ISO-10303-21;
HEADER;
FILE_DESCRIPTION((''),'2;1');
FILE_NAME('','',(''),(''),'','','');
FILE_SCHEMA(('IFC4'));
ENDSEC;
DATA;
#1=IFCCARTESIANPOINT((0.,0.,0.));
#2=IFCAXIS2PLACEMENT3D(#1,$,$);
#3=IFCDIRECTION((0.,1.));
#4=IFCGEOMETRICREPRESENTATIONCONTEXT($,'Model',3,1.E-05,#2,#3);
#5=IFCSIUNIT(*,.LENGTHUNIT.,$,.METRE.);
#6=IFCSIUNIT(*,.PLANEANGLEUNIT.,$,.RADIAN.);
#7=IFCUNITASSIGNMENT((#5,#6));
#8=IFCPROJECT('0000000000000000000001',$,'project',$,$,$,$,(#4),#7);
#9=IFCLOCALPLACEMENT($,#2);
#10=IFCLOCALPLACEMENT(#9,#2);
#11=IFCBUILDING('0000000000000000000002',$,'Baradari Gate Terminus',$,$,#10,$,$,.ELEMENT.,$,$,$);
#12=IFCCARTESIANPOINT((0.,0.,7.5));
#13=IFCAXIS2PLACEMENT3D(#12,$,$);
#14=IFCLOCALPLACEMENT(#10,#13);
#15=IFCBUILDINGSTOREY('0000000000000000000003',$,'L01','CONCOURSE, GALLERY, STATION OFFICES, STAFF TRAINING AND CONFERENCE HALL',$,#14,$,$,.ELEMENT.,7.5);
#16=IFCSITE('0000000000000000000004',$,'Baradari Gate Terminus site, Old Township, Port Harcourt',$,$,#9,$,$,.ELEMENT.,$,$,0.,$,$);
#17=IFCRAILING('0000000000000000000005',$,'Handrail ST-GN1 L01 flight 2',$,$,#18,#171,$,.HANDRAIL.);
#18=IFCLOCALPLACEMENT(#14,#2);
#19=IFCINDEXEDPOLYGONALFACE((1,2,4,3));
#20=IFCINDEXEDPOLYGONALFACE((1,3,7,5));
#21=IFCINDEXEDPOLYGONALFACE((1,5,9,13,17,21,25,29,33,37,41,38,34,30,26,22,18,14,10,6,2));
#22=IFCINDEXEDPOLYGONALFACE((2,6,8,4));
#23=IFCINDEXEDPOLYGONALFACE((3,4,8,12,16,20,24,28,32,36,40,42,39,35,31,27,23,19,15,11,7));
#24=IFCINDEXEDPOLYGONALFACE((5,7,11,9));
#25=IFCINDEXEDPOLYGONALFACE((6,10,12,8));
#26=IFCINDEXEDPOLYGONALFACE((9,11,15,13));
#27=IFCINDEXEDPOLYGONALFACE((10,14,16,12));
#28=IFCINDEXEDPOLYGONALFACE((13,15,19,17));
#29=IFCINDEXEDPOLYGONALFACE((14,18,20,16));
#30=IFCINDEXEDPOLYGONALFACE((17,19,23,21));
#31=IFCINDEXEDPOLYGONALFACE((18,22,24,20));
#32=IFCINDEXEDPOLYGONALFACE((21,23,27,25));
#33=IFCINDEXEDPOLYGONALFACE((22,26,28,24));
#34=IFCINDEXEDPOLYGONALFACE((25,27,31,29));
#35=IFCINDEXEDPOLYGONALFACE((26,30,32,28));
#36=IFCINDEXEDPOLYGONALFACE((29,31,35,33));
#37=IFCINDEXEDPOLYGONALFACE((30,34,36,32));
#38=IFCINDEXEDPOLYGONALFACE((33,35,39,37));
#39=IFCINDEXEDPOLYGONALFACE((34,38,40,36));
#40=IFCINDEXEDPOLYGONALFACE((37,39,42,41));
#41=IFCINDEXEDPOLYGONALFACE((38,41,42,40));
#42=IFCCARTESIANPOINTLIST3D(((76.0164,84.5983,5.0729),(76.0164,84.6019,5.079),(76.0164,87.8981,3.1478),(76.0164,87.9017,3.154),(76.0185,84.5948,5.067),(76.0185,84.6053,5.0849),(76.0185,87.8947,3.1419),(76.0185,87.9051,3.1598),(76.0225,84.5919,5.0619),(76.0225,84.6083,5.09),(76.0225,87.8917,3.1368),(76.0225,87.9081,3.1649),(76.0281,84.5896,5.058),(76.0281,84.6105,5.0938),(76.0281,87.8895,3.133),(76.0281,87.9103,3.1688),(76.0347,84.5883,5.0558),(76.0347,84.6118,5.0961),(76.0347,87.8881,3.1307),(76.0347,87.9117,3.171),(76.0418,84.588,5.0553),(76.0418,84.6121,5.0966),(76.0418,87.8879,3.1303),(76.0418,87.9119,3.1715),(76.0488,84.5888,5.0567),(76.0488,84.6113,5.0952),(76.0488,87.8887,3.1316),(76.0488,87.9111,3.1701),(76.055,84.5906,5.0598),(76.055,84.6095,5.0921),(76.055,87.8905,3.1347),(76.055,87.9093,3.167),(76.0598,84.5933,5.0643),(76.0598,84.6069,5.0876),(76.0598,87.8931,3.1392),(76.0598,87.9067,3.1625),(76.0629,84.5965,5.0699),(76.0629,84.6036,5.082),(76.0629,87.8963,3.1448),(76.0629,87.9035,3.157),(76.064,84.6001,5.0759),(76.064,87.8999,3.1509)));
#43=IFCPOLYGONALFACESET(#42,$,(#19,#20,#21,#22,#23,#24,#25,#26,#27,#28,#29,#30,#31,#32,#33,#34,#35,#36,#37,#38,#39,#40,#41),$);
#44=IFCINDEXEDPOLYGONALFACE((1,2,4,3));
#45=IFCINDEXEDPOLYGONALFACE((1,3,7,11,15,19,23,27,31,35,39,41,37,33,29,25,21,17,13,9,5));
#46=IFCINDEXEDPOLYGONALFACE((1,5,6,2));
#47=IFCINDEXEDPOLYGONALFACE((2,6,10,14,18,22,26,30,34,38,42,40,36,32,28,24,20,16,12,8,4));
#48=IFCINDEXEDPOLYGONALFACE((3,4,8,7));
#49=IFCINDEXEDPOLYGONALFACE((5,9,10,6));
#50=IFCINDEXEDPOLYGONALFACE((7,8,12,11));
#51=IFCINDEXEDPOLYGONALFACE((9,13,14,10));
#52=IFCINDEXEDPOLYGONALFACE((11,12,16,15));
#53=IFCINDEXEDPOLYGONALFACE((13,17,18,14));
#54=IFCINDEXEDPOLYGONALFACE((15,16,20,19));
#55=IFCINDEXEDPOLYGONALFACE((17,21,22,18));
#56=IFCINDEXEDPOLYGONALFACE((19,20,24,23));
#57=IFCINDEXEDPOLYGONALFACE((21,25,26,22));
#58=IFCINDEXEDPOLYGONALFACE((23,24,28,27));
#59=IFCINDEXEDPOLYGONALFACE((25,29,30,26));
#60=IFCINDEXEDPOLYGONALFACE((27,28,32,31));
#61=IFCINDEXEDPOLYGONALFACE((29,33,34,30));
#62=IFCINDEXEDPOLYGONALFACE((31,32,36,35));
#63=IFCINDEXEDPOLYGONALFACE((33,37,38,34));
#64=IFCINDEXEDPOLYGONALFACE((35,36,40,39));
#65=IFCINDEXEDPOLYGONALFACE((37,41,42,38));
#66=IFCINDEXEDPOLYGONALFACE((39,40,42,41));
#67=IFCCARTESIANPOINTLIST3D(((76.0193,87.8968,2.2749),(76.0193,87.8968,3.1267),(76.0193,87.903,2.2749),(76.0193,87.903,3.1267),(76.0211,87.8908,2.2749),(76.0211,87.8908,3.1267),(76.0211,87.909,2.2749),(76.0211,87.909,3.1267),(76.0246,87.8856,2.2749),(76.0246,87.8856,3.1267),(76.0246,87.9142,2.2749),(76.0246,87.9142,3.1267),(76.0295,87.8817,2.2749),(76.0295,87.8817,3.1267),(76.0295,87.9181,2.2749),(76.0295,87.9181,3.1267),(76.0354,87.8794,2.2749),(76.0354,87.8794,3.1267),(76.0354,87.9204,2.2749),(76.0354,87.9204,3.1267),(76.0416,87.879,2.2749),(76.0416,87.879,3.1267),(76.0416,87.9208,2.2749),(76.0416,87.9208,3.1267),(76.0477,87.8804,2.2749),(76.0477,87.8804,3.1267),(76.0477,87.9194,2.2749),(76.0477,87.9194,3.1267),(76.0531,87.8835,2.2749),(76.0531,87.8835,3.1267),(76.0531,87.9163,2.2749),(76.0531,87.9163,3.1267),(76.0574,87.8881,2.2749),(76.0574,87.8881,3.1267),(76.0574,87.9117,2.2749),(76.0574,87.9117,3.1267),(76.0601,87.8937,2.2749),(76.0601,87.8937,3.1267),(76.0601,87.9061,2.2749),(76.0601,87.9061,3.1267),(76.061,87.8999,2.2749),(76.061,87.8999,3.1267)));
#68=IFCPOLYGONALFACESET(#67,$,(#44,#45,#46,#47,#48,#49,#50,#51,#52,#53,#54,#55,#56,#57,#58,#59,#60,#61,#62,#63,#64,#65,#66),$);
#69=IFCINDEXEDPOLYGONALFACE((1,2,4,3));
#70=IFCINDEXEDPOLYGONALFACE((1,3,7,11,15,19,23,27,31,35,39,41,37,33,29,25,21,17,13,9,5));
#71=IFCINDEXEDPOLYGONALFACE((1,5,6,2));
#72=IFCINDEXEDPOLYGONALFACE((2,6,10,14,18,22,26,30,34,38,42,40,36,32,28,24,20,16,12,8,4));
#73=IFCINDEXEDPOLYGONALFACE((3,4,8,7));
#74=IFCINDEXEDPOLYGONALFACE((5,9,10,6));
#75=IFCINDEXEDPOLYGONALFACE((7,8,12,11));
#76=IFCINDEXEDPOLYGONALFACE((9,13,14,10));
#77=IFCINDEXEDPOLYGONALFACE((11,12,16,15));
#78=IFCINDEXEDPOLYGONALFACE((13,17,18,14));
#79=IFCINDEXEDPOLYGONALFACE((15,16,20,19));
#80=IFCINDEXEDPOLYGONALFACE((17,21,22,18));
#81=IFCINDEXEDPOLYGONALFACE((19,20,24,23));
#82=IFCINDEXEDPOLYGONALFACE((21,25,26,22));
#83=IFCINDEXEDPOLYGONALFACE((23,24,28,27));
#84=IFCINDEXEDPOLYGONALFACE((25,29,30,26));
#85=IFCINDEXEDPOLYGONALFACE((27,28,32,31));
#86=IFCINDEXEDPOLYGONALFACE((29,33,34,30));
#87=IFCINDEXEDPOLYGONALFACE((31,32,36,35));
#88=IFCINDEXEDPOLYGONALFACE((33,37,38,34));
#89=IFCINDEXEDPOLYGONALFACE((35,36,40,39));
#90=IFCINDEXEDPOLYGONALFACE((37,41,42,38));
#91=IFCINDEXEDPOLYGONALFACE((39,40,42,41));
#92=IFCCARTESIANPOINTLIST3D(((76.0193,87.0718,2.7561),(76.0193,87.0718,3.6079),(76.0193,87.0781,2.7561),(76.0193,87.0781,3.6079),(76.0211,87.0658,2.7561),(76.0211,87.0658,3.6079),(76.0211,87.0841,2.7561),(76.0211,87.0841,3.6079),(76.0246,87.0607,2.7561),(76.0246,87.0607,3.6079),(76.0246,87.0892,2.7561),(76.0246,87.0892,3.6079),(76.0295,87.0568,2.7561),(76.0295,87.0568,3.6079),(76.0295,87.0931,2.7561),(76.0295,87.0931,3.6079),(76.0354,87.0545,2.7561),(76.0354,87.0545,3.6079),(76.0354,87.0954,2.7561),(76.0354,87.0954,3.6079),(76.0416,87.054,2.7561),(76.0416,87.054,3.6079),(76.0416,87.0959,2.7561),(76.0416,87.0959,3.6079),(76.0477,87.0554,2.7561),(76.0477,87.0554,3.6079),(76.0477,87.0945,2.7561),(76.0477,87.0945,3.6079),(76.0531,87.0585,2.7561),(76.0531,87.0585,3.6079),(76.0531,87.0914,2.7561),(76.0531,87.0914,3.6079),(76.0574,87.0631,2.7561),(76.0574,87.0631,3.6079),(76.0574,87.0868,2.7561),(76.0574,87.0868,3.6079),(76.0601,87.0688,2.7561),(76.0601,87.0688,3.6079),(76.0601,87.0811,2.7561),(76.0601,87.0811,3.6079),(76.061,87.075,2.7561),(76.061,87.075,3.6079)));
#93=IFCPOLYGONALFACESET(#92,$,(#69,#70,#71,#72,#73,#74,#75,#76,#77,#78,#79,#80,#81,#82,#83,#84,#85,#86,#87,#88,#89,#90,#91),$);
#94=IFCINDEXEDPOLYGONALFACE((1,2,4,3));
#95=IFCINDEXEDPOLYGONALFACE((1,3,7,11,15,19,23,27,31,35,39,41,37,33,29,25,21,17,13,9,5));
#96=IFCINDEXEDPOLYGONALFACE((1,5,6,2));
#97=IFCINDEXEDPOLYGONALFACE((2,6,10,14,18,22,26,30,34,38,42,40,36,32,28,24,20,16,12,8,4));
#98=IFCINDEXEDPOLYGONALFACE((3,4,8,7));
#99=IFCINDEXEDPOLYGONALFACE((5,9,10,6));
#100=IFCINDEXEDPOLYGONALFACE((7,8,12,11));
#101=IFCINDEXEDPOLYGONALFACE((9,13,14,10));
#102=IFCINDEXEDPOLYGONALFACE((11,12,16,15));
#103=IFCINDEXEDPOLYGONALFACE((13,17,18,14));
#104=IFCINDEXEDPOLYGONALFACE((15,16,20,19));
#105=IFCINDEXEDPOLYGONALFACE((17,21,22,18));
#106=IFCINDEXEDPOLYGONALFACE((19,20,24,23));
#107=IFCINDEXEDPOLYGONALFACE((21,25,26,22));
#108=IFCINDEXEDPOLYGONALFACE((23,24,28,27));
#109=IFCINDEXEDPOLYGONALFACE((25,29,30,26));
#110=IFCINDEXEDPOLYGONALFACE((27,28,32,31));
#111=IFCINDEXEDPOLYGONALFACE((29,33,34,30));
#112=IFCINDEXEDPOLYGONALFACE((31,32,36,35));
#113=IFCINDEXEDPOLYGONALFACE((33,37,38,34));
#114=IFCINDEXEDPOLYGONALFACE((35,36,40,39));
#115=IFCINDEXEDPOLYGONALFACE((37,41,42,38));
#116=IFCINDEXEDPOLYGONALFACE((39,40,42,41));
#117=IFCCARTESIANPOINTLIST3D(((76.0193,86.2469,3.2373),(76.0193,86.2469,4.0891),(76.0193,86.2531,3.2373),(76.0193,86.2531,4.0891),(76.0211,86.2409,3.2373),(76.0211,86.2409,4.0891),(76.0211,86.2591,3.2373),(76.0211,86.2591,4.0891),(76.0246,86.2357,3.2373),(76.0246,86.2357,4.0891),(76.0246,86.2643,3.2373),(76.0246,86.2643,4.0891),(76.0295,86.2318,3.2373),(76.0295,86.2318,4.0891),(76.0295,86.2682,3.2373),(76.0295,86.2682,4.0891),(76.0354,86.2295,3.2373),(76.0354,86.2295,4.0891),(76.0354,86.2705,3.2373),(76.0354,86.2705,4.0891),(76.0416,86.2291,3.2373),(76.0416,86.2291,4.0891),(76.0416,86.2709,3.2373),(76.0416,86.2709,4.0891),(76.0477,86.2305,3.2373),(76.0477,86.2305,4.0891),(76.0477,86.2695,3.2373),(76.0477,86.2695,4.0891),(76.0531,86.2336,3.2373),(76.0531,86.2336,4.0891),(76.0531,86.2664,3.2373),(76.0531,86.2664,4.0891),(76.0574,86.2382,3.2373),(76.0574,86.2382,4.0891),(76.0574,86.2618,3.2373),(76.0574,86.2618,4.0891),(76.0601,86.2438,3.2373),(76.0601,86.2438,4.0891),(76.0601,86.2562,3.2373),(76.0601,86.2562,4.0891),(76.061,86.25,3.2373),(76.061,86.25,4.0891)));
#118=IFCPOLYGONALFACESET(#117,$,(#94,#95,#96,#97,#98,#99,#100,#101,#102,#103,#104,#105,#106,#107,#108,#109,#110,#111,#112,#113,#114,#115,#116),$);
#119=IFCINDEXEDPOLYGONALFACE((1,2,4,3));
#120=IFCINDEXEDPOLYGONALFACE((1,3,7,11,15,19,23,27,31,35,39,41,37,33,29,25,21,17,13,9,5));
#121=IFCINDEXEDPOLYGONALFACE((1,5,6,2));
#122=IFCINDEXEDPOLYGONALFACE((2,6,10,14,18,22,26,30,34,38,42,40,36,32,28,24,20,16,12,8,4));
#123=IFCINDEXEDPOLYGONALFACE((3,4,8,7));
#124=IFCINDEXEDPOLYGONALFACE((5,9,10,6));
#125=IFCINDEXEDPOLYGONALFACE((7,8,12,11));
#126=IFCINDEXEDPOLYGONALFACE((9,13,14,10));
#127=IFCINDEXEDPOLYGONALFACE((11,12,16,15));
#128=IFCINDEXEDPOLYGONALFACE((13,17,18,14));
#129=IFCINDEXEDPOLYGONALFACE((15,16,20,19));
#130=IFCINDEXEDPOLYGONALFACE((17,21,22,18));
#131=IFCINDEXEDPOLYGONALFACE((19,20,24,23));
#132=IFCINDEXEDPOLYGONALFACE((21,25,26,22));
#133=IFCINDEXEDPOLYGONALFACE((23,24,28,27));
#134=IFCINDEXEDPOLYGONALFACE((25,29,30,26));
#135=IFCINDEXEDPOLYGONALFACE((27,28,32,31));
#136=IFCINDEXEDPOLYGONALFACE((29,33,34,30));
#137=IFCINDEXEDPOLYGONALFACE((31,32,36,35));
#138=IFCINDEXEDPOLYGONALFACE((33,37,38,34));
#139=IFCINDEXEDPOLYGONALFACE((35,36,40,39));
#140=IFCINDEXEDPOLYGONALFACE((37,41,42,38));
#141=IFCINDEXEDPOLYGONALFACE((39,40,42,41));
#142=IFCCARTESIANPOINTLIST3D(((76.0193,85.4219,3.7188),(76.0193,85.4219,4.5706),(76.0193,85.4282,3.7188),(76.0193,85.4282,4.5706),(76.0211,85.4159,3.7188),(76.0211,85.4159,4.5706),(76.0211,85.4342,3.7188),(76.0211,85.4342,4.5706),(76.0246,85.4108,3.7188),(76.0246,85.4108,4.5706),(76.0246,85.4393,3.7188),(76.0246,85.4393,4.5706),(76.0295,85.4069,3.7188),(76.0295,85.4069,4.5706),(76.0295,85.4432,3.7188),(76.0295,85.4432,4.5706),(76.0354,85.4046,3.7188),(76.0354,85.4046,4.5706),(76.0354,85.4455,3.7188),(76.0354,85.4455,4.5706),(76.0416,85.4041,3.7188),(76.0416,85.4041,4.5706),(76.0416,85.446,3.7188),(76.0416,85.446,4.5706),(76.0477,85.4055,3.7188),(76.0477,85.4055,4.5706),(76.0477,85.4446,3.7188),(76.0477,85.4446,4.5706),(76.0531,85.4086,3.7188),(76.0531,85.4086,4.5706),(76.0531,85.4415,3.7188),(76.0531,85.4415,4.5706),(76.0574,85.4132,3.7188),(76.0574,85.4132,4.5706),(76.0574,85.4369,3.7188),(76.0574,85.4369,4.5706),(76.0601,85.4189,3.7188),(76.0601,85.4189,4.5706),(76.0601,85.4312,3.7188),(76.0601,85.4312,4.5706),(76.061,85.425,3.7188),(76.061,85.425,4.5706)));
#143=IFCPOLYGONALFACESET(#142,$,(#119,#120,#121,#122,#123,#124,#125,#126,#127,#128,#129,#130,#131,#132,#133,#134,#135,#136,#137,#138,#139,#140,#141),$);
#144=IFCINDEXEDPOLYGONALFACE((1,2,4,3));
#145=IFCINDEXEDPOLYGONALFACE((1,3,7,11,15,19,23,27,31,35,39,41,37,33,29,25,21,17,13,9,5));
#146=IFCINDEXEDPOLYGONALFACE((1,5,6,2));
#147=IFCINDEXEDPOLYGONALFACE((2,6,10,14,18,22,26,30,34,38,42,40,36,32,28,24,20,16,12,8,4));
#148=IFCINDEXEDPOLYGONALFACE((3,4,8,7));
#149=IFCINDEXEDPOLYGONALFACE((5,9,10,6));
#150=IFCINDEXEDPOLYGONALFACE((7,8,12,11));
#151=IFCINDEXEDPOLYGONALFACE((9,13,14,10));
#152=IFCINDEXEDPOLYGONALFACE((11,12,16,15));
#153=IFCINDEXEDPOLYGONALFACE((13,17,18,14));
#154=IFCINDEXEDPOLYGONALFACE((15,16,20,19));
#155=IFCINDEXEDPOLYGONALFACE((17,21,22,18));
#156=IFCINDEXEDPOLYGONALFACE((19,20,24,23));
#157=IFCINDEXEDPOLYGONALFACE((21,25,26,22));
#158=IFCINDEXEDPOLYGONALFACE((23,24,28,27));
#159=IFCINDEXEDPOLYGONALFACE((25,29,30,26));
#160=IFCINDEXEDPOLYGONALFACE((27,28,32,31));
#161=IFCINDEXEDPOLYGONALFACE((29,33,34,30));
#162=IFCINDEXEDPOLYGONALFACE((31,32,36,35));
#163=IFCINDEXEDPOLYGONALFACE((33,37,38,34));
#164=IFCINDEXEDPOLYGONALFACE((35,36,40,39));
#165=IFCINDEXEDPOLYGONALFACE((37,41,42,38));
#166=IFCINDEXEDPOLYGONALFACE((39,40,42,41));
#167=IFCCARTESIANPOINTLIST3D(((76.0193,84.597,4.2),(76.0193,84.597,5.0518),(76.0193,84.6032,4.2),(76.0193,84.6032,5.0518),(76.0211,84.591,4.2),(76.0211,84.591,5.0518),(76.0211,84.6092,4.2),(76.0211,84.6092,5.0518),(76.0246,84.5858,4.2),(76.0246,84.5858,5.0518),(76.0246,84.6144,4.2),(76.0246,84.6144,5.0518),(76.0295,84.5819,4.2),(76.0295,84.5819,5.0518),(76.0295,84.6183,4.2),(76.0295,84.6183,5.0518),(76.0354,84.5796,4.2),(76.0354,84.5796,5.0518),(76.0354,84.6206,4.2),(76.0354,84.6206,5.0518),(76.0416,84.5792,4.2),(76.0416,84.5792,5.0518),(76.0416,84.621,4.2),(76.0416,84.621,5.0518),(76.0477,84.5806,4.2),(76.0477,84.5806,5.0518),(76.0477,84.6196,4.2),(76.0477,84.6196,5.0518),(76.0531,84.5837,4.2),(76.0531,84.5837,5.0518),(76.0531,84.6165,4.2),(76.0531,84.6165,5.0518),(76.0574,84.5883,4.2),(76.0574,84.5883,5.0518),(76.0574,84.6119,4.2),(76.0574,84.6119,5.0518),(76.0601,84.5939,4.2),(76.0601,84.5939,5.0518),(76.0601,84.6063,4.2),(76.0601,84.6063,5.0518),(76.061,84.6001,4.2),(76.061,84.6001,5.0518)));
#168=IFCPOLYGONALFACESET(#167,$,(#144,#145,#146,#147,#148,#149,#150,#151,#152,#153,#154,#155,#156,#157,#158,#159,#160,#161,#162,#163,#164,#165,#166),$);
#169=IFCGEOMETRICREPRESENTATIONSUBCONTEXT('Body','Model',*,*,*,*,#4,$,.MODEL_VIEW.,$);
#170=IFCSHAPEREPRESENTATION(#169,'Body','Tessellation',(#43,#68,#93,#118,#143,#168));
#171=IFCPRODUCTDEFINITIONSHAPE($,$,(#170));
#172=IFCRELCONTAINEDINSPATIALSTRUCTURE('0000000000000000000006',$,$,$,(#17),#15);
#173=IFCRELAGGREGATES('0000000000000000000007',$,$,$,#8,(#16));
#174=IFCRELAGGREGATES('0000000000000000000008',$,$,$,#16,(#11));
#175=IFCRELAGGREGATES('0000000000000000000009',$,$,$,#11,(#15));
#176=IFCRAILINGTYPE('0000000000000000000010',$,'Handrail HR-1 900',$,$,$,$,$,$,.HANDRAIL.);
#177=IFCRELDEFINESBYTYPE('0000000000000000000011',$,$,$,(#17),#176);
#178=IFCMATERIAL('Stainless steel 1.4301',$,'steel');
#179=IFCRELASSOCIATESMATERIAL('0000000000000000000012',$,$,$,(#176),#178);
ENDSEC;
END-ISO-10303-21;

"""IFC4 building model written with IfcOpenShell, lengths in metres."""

from ifc_helpers import new_model, si_unit, direction, frame, origin, origin_2d, place, context, subcontext, project, spatial, circle, extrude, material, type_object, element, save


model = new_model("IFC4")

# Units and contexts
model_context = context("Model", 3, precision=1e-05, world=origin(), true_north=direction((0.0, 1.0)))
body_context = subcontext(model_context, "Body", "Model", "MODEL_VIEW")
ifc_project = project(units=[si_unit("LENGTHUNIT", "METRE"), si_unit("PLANEANGLEUNIT", "RADIAN")], contexts=[model_context])

# Site, building, storey
site_placement = place(None, origin())
site = spatial("IfcSite", under=ifc_project, at=site_placement, Name="Baradari Gate Terminus site, Old Township, Port Harcourt", CompositionType="ELEMENT", RefElevation=0.0)
building_placement = place(site_placement, origin())
building = spatial("IfcBuilding", under=site, at=building_placement, Name="Baradari Gate Terminus", CompositionType="ELEMENT")
storey_placement = place(building_placement, frame((0.0, 0.0, 7.5)))
storey = spatial("IfcBuildingStorey", under=building, at=storey_placement, Name="L01", Description="CONCOURSE, GALLERY, STATION OFFICES, STAFF TRAINING AND CONFERENCE HALL", CompositionType="ELEMENT", Elevation=7.5)

# Railing
ifc_material_1 = material(Name="Stainless steel 1.4301", Category="steel")
railing_type = type_object("IfcRailingType", Name="Handrail HR-1 900", PredefinedType="HANDRAIL", material=ifc_material_1)
railing_placement = place(storey_placement, frame((76.04, 87.8999, 2.2749)))
element("IfcRailing", 1, at=railing_placement, inside=storey, type_object=railing_type, Name="Handrail ST-GN1 L01 flight 2", PredefinedType="HANDRAIL", context=body_context, shape_type="SweptSolid", body=[
    extrude(circle(Radius=0.0239, at=origin_2d()), frame((0.0, 0.0, 0.876), z_axis=(0.0, -0.86376, 0.503903), x_axis=(1.0, 0.0, 0.0)), (0.0, 0.0, 1.0), 3.8203),
    extrude(circle(Radius=0.021, at=origin_2d()), origin(), (0.0, 0.0, 1.0), 0.8518),
    extrude(circle(Radius=0.021, at=origin_2d()), frame((0.0, -0.825, 0.4812)), (0.0, 0.0, 1.0), 0.8518),
    extrude(circle(Radius=0.021, at=origin_2d()), frame((0.0, -1.6499, 0.9624)), (0.0, 0.0, 1.0), 0.8518),
    extrude(circle(Radius=0.021, at=origin_2d()), frame((0.0, -2.4749, 1.4438)), (0.0, 0.0, 1.0), 0.8518),
    extrude(circle(Radius=0.021, at=origin_2d()), frame((0.0, -3.2998, 1.925)), (0.0, 0.0, 1.0), 0.8518),
])

save(model, "model.ifc")
